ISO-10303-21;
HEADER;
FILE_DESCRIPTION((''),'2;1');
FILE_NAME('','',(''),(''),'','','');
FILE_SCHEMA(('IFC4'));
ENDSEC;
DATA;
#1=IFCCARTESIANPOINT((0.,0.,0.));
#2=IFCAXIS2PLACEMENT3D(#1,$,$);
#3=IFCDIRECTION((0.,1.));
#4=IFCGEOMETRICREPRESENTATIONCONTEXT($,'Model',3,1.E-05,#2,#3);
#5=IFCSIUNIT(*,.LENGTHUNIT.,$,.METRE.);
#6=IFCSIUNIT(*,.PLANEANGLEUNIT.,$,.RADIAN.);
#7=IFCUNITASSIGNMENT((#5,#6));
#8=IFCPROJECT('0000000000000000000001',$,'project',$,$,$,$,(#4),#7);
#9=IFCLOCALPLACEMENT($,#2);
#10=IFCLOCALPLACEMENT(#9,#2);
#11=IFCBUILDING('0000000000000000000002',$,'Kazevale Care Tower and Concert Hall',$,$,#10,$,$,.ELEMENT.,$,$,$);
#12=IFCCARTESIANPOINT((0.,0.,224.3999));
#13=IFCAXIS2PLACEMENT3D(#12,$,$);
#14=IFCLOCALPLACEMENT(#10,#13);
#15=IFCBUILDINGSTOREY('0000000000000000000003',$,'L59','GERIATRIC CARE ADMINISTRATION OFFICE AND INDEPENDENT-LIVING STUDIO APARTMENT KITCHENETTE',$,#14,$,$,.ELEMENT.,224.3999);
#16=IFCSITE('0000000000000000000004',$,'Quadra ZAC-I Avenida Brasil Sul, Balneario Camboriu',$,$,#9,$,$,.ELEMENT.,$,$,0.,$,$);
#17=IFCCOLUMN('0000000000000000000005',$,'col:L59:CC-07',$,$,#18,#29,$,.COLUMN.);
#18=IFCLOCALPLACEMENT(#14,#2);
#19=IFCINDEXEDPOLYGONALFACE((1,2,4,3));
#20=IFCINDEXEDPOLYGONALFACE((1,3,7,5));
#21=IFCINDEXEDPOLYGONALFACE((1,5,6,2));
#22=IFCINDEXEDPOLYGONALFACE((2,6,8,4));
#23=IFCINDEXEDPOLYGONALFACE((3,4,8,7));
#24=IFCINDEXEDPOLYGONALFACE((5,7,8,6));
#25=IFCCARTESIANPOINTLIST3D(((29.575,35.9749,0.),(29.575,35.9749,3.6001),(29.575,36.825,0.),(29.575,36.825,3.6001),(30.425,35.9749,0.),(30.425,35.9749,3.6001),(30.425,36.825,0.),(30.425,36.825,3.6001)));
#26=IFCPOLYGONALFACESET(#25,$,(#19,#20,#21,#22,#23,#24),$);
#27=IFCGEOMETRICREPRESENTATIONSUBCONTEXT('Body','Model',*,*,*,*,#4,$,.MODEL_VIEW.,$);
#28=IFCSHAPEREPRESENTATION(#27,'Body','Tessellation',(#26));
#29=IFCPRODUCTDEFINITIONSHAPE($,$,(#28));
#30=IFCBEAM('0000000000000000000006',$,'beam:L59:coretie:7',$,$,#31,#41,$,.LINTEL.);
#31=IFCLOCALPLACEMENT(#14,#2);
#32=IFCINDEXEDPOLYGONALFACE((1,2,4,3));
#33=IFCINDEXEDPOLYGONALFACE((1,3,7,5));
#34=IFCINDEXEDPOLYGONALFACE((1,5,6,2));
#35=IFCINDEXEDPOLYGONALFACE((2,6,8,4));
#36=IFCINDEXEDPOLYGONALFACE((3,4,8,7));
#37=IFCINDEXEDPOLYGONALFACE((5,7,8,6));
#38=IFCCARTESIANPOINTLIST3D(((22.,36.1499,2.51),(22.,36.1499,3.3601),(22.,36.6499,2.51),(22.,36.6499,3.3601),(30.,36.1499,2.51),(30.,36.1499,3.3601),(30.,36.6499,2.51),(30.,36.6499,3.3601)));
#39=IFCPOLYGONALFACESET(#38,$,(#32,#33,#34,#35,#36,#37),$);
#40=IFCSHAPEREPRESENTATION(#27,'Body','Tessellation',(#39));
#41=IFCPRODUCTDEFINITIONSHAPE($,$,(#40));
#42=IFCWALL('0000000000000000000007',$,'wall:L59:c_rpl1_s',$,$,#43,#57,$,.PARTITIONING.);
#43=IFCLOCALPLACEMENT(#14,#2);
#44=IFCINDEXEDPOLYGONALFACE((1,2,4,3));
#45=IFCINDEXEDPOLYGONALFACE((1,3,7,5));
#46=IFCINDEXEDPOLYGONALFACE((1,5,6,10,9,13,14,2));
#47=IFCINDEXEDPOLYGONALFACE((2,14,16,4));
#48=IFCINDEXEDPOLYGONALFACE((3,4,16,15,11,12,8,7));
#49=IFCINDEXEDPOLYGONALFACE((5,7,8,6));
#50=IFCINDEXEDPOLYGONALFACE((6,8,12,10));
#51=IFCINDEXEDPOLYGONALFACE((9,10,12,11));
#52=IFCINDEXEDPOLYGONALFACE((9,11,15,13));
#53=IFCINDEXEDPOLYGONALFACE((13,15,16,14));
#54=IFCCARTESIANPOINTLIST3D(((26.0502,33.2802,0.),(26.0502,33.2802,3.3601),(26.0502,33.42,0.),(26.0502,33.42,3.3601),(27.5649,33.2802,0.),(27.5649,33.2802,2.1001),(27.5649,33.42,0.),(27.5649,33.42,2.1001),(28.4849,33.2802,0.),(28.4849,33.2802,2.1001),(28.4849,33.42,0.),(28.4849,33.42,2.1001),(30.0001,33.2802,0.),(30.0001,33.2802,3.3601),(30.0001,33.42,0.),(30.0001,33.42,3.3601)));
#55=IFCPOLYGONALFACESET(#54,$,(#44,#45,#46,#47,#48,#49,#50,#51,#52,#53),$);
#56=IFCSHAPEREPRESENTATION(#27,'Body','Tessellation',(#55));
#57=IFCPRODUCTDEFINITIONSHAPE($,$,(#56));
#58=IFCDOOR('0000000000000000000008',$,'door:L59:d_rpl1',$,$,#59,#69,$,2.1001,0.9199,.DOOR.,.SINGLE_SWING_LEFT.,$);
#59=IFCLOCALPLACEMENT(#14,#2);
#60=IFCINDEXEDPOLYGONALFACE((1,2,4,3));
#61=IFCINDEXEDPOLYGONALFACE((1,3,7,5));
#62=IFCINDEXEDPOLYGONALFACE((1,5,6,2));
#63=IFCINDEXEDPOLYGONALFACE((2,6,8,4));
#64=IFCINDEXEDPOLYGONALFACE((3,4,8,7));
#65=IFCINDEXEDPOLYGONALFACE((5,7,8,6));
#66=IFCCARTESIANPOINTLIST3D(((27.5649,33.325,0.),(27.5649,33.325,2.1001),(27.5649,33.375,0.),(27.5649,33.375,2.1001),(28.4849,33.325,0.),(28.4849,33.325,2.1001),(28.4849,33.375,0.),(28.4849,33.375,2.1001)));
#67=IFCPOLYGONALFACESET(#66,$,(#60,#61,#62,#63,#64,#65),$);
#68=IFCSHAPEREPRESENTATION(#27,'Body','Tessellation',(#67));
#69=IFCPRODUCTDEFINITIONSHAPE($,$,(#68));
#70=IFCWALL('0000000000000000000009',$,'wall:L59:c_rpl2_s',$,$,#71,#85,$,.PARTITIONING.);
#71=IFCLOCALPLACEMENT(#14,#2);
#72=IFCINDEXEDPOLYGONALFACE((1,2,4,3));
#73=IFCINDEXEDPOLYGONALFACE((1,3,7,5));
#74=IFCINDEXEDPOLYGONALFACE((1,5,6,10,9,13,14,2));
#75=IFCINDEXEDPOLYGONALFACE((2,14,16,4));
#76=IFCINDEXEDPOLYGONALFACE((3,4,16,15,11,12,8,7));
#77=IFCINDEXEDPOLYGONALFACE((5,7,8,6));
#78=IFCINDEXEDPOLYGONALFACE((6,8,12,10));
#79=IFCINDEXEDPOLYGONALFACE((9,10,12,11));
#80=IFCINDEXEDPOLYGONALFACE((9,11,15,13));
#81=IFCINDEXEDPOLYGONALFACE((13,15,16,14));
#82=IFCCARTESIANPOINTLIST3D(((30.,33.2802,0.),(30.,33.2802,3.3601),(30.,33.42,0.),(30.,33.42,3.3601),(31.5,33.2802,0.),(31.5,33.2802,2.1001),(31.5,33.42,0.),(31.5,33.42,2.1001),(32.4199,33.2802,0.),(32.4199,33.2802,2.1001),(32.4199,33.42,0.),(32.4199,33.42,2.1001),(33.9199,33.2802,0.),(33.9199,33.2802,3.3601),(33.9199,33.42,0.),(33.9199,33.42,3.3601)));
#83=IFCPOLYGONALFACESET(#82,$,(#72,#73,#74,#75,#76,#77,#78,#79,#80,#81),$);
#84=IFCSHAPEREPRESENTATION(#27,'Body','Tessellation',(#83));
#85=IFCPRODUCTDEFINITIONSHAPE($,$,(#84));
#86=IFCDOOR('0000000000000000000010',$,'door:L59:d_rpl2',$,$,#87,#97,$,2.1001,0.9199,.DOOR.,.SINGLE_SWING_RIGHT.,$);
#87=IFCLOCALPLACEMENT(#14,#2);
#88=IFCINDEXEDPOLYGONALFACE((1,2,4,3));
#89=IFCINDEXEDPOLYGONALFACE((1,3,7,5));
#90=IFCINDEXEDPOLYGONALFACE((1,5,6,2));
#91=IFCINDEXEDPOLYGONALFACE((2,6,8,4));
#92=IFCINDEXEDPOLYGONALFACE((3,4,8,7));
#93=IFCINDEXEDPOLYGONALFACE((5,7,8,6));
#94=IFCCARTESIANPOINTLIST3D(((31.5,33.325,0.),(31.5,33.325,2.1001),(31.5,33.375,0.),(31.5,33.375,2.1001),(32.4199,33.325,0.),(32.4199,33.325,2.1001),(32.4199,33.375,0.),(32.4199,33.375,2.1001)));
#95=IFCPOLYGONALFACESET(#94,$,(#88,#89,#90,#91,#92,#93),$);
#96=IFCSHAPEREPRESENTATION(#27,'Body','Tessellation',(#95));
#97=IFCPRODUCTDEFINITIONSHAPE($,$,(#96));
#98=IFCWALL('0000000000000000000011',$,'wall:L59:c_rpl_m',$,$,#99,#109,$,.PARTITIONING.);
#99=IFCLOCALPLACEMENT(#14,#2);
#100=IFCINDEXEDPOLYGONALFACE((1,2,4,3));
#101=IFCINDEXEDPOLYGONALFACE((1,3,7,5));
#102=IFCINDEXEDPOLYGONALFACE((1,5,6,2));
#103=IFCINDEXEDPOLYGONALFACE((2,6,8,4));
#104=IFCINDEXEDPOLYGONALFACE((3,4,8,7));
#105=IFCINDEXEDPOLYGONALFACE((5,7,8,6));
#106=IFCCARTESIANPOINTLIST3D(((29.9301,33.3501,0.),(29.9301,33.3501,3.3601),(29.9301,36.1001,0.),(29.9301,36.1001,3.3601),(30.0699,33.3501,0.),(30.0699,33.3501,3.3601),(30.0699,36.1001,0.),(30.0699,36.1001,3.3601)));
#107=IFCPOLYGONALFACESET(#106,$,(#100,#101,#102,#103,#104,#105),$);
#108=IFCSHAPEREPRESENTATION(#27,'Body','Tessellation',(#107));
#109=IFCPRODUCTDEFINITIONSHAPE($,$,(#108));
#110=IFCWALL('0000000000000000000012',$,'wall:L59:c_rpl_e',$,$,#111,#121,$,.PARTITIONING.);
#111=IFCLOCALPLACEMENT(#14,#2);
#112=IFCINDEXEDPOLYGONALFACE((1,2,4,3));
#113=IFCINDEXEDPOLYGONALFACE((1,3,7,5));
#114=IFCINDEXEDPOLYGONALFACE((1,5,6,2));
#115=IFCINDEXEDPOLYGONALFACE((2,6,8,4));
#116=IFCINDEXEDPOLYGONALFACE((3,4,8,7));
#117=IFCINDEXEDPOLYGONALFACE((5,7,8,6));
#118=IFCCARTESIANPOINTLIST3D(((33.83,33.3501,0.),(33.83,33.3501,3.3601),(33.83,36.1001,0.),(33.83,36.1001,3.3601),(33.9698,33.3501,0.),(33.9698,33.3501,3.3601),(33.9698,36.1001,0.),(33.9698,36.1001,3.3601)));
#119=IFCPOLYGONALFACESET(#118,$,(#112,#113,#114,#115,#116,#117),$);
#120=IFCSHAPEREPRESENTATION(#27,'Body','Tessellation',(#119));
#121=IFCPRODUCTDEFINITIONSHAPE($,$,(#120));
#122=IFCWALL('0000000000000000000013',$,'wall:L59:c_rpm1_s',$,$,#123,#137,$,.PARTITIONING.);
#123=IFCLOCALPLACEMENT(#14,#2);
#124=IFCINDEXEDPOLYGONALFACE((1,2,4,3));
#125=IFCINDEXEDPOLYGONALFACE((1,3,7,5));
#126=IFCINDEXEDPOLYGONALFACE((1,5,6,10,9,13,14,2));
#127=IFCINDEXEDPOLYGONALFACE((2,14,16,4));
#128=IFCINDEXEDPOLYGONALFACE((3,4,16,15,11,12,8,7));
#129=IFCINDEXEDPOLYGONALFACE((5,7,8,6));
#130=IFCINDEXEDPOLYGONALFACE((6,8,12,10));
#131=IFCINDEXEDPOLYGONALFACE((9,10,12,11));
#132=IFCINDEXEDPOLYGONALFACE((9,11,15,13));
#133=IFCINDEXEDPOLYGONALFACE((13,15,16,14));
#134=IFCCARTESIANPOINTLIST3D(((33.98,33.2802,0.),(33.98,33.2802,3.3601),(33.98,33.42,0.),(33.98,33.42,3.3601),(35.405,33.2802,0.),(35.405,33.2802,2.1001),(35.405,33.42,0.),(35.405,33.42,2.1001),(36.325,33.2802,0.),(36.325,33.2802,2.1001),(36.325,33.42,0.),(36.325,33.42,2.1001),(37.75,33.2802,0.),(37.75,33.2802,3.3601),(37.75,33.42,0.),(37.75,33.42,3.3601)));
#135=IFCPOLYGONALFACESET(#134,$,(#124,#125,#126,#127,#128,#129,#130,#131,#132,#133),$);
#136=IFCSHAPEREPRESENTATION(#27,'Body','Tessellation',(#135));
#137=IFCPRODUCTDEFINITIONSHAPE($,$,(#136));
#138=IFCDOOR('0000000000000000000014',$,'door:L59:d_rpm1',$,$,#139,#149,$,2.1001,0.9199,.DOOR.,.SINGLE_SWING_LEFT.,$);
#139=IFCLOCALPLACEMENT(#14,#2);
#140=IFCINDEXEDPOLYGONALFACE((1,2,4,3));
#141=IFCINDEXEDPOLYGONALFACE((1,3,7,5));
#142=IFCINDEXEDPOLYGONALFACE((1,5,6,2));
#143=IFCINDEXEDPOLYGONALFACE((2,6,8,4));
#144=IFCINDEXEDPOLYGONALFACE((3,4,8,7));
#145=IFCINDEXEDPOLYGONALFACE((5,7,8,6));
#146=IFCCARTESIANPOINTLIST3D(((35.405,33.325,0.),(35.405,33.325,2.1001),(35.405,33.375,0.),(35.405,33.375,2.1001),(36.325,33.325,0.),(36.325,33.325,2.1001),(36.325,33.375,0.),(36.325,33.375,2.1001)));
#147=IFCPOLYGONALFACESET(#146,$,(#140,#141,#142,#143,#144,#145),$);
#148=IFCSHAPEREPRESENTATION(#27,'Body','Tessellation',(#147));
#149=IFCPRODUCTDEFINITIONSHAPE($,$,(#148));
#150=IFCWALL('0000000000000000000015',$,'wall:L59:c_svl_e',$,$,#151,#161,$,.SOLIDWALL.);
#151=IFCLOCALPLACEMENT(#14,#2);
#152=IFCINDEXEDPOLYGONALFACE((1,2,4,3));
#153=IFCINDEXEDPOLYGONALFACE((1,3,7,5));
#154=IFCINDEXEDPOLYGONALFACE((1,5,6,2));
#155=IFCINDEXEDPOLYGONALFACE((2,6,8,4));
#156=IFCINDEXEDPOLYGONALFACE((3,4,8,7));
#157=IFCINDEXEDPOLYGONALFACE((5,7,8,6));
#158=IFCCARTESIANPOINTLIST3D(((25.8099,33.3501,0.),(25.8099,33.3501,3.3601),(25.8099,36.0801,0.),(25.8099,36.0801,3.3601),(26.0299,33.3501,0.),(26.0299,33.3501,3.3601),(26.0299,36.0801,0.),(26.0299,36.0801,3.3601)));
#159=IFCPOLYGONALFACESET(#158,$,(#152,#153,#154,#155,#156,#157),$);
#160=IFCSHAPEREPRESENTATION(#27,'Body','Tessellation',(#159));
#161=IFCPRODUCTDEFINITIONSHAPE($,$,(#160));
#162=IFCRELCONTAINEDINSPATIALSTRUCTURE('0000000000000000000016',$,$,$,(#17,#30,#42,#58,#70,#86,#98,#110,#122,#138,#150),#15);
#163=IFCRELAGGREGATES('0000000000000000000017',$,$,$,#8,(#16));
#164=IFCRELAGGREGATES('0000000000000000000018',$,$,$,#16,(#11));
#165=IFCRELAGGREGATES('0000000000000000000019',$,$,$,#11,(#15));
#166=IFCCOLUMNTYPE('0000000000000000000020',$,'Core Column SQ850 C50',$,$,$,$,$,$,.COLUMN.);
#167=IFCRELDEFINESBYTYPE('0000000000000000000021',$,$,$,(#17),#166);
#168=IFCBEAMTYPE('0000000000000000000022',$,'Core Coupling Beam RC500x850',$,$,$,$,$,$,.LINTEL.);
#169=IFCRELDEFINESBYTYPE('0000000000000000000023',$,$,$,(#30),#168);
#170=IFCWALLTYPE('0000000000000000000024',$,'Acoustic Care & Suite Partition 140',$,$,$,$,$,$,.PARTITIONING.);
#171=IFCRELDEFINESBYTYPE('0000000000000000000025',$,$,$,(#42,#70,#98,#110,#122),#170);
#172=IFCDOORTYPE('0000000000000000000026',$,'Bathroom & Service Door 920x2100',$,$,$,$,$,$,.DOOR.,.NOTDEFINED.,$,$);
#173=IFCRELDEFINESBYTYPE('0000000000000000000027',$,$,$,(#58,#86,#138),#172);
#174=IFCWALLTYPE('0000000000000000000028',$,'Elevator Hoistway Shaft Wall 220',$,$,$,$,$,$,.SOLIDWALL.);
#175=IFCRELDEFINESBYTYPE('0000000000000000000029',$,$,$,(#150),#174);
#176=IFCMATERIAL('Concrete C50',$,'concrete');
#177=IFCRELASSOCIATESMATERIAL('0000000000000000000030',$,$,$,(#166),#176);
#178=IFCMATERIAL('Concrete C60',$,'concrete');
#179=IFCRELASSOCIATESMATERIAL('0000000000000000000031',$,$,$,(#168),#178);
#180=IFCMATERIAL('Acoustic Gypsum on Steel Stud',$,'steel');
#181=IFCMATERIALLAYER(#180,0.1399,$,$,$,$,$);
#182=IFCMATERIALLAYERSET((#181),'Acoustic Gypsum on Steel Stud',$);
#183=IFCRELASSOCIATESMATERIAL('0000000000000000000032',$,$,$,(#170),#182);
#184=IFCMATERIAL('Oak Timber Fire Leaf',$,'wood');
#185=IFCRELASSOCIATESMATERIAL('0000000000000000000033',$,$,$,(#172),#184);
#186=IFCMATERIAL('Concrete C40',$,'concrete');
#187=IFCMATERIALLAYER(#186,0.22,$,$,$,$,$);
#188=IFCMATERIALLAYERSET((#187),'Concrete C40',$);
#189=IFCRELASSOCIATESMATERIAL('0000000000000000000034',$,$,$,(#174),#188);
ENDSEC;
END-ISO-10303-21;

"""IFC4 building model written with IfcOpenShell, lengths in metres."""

from ifc_helpers import new_model, si_unit, direction, frame, frame_2d, origin, origin_2d, place, context, subcontext, project, spatial, rectangle, extrude, material, layer, layer_set, material_profile, profile_set, type_object, element, fill, save


model = new_model("IFC4")

# Units and contexts
model_context = context("Model", 3, precision=1e-05, world=origin(), true_north=direction((0.0, 1.0)))
body_context = subcontext(model_context, "Body", "Model", "MODEL_VIEW")
ifc_project = project(units=[si_unit("LENGTHUNIT", "METRE"), si_unit("PLANEANGLEUNIT", "RADIAN")], contexts=[model_context])

# Site, building, storey
site_placement = place(None, origin())
site = spatial("IfcSite", under=ifc_project, at=site_placement, Name="Quadra ZAC-I Avenida Brasil Sul, Balneario Camboriu", CompositionType="ELEMENT", RefElevation=0.0)
building_placement = place(site_placement, origin())
building = spatial("IfcBuilding", under=site, at=building_placement, Name="Kazevale Care Tower and Concert Hall", CompositionType="ELEMENT")
storey_placement = place(building_placement, frame((0.0, 0.0, 224.3999)))
storey = spatial("IfcBuildingStorey", under=building, at=storey_placement, Name="L59", Description="GERIATRIC CARE ADMINISTRATION OFFICE AND INDEPENDENT-LIVING STUDIO APARTMENT KITCHENETTE", CompositionType="ELEMENT", Elevation=224.3999)

# Column
ifc_material_1 = material(Name="Concrete C50", Category="concrete")
ifc_material_profile_1 = material_profile(ifc_material_1, rectangle(XDim=0.8501, YDim=0.8501, at=origin_2d()), Name="RC-SQ850")
ifc_profile_set_1 = profile_set([ifc_material_profile_1], Name="Concrete C50")
column_type = type_object("IfcColumnType", Name="Core Column SQ850 C50", PredefinedType="COLUMN", material=ifc_profile_set_1)
column_placement = place(storey_placement, frame((30.0, 36.3999, 0.0), z_axis=(0.0, 0.0, 1.0), x_axis=(1.0, 0.0, 0.0)))
element("IfcColumn", 1, at=column_placement, inside=storey, type_object=column_type, Name="col:L59:CC-07", PredefinedType="COLUMN", context=body_context, shape_type="SweptSolid", body=[
    extrude(rectangle(XDim=0.8501, YDim=0.8501, at=origin_2d()), origin(), (0.0, 0.0, 1.0), 3.6001),
])

# Beam
ifc_material_2 = material(Name="Concrete C60", Category="concrete")
ifc_material_profile_2 = material_profile(ifc_material_2, rectangle(XDim=0.5, YDim=0.8501, at=origin_2d()), Name="RC-B500x850")
ifc_profile_set_2 = profile_set([ifc_material_profile_2], Name="Concrete C60")
beam_type = type_object("IfcBeamType", Name="Core Coupling Beam RC500x850", PredefinedType="LINTEL", material=ifc_profile_set_2)
beam_placement = place(storey_placement, frame((30.0, 36.3999, 2.9351), z_axis=(-1.0, 0.0, 0.0), x_axis=(0.0, -1.0, 0.0)))
element("IfcBeam", 2, at=beam_placement, inside=storey, type_object=beam_type, Name="beam:L59:coretie:7", PredefinedType="LINTEL", context=body_context, shape_type="SweptSolid", body=[
    extrude(rectangle(XDim=0.5, YDim=0.8501, at=origin_2d()), origin(), (0.0, 0.0, 1.0), 8.0),
])

# Walls, openings, doors
ifc_material_3 = material(Name="Acoustic Gypsum on Steel Stud", Category="steel")
ifc_layer_1 = layer(ifc_material_3, 0.1399)
ifc_layer_set_1 = layer_set([ifc_layer_1], Name="Acoustic Gypsum on Steel Stud")
wall_type_1 = type_object("IfcWallType", Name="Acoustic Care & Suite Partition 140", PredefinedType="PARTITIONING", material=ifc_layer_set_1)
wall_1_placement = place(storey_placement, frame((26.05, 33.3501, 0.0), z_axis=(0.0, 0.0, 1.0), x_axis=(1.0, 0.0, 0.0)))
wall_1 = element("IfcWall", 3, at=wall_1_placement, inside=storey, type_object=wall_type_1, Name="wall:L59:c_rpl1_s", PredefinedType="PARTITIONING", context=body_context, shape_type="SweptSolid", body=[
    extrude(rectangle(XDim=3.95, YDim=0.1399, at=frame_2d((1.9751, 0.0))), origin(), (0.0, 0.0, 1.0), 3.3601),
])
opening_1_placement = place(wall_1_placement, frame((1.5149, 0.0, 0.0)))
opening_1 = element("IfcOpeningElement", 4, at=opening_1_placement, cuts=wall_1, PredefinedType="OPENING", context=body_context, shape_type="SweptSolid", body=[
    extrude(rectangle(XDim=0.9199, YDim=2.1001, at=frame_2d((0.46, 1.05))), frame((0.0, 0.0798, 0.0), z_axis=(0.0, -1.0, 0.0), x_axis=(1.0, 0.0, 0.0)), (0.0, 0.0, 1.0), 0.1599),
])
ifc_material_4 = material(Name="Oak Timber Fire Leaf", Category="wood")
door_type_1 = type_object("IfcDoorType", Name="Bathroom & Service Door 920x2100", OperationType="NOTDEFINED", PredefinedType="DOOR", material=ifc_material_4)
door_1_placement = place(opening_1_placement, origin())
door_1 = element("IfcDoor", 5, at=door_1_placement, inside=storey, type_object=door_type_1, Name="door:L59:d_rpl1", OperationType="SINGLE_SWING_LEFT", OverallHeight=2.1001, OverallWidth=0.9199, PredefinedType="DOOR", context=body_context, shape_type="SweptSolid", body=[
    extrude(rectangle(XDim=0.9199, YDim=2.1001, at=frame_2d((0.46, 1.05))), frame((0.0, 0.0249, 0.0), z_axis=(0.0, -1.0, 0.0), x_axis=(1.0, 0.0, 0.0)), (0.0, 0.0, 1.0), 0.05),
])
fill(opening_1, door_1)
wall_2_placement = place(storey_placement, frame((30.0, 33.3501, 0.0), z_axis=(0.0, 0.0, 1.0), x_axis=(1.0, 0.0, 0.0)))
wall_2 = element("IfcWall", 6, at=wall_2_placement, inside=storey, type_object=wall_type_1, Name="wall:L59:c_rpl2_s", PredefinedType="PARTITIONING", context=body_context, shape_type="SweptSolid", body=[
    extrude(rectangle(XDim=3.9199, YDim=0.1399, at=frame_2d((1.96, 0.0))), origin(), (0.0, 0.0, 1.0), 3.3601),
])
opening_2_placement = place(wall_2_placement, frame((1.5, 0.0, 0.0)))
opening_2 = element("IfcOpeningElement", 7, at=opening_2_placement, cuts=wall_2, PredefinedType="OPENING", context=body_context, shape_type="SweptSolid", body=[
    extrude(rectangle(XDim=0.9199, YDim=2.1001, at=frame_2d((0.46, 1.05))), frame((0.0, 0.0798, 0.0), z_axis=(0.0, -1.0, 0.0), x_axis=(1.0, 0.0, 0.0)), (0.0, 0.0, 1.0), 0.1599),
])
door_2_placement = place(opening_2_placement, origin())
door_2 = element("IfcDoor", 8, at=door_2_placement, inside=storey, type_object=door_type_1, Name="door:L59:d_rpl2", OperationType="SINGLE_SWING_RIGHT", OverallHeight=2.1001, OverallWidth=0.9199, PredefinedType="DOOR", context=body_context, shape_type="SweptSolid", body=[
    extrude(rectangle(XDim=0.9199, YDim=2.1001, at=frame_2d((0.46, 1.05))), frame((0.0, 0.0249, 0.0), z_axis=(0.0, -1.0, 0.0), x_axis=(1.0, 0.0, 0.0)), (0.0, 0.0, 1.0), 0.05),
])
fill(opening_2, door_2)

# Walls
for number, where, z_axis, x_axis, name in (
    (9, (30.0, 33.3501, 0.0), (0.0, 0.0, 1.0), (0.0, 1.0, 0.0), "wall:L59:c_rpl_m"),
    (10, (33.8999, 33.3501, 0.0), (0.0, 0.0, 1.0), (0.0, 1.0, 0.0), "wall:L59:c_rpl_e"),
):
    element("IfcWall", number, at=place(storey_placement, frame(where, z_axis=z_axis, x_axis=x_axis)), inside=storey, type_object=wall_type_1, Name=name, PredefinedType="PARTITIONING", context=body_context, shape_type="SweptSolid", body=[
        extrude(rectangle(XDim=2.75, YDim=0.1399, at=frame_2d((1.375, 0.0))), origin(), (0.0, 0.0, 1.0), 3.3601),
    ])

# Wall, opening, door
wall_3_placement = place(storey_placement, frame((33.98, 33.3501, 0.0), z_axis=(0.0, 0.0, 1.0), x_axis=(1.0, 0.0, 0.0)))
wall_3 = element("IfcWall", 11, at=wall_3_placement, inside=storey, type_object=wall_type_1, Name="wall:L59:c_rpm1_s", PredefinedType="PARTITIONING", context=body_context, shape_type="SweptSolid", body=[
    extrude(rectangle(XDim=3.77, YDim=0.1399, at=frame_2d((1.885, 0.0))), origin(), (0.0, 0.0, 1.0), 3.3601),
])
opening_3_placement = place(wall_3_placement, frame((1.425, 0.0, 0.0)))
opening_3 = element("IfcOpeningElement", 12, at=opening_3_placement, cuts=wall_3, PredefinedType="OPENING", context=body_context, shape_type="SweptSolid", body=[
    extrude(rectangle(XDim=0.9199, YDim=2.1001, at=frame_2d((0.46, 1.05))), frame((0.0, 0.0798, 0.0), z_axis=(0.0, -1.0, 0.0), x_axis=(1.0, 0.0, 0.0)), (0.0, 0.0, 1.0), 0.1599),
])
door_3_placement = place(opening_3_placement, origin())
door_3 = element("IfcDoor", 13, at=door_3_placement, inside=storey, type_object=door_type_1, Name="door:L59:d_rpm1", OperationType="SINGLE_SWING_LEFT", OverallHeight=2.1001, OverallWidth=0.9199, PredefinedType="DOOR", context=body_context, shape_type="SweptSolid", body=[
    extrude(rectangle(XDim=0.9199, YDim=2.1001, at=frame_2d((0.46, 1.05))), frame((0.0, 0.0249, 0.0), z_axis=(0.0, -1.0, 0.0), x_axis=(1.0, 0.0, 0.0)), (0.0, 0.0, 1.0), 0.05),
])
fill(opening_3, door_3)

# Wall
ifc_material_5 = material(Name="Concrete C40", Category="concrete")
ifc_layer_2 = layer(ifc_material_5, 0.22)
ifc_layer_set_2 = layer_set([ifc_layer_2], Name="Concrete C40")
wall_type_2 = type_object("IfcWallType", Name="Elevator Hoistway Shaft Wall 220", PredefinedType="SOLIDWALL", material=ifc_layer_set_2)
wall_4_placement = place(storey_placement, frame((25.9199, 33.3501, 0.0), z_axis=(0.0, 0.0, 1.0), x_axis=(0.0, 1.0, 0.0)))
element("IfcWall", 14, at=wall_4_placement, inside=storey, type_object=wall_type_2, Name="wall:L59:c_svl_e", PredefinedType="SOLIDWALL", context=body_context, shape_type="SweptSolid", body=[
    extrude(rectangle(XDim=2.73, YDim=0.22, at=frame_2d((1.365, 0.0))), origin(), (0.0, 0.0, 1.0), 3.3601),
])

save(model, "model.ifc")
